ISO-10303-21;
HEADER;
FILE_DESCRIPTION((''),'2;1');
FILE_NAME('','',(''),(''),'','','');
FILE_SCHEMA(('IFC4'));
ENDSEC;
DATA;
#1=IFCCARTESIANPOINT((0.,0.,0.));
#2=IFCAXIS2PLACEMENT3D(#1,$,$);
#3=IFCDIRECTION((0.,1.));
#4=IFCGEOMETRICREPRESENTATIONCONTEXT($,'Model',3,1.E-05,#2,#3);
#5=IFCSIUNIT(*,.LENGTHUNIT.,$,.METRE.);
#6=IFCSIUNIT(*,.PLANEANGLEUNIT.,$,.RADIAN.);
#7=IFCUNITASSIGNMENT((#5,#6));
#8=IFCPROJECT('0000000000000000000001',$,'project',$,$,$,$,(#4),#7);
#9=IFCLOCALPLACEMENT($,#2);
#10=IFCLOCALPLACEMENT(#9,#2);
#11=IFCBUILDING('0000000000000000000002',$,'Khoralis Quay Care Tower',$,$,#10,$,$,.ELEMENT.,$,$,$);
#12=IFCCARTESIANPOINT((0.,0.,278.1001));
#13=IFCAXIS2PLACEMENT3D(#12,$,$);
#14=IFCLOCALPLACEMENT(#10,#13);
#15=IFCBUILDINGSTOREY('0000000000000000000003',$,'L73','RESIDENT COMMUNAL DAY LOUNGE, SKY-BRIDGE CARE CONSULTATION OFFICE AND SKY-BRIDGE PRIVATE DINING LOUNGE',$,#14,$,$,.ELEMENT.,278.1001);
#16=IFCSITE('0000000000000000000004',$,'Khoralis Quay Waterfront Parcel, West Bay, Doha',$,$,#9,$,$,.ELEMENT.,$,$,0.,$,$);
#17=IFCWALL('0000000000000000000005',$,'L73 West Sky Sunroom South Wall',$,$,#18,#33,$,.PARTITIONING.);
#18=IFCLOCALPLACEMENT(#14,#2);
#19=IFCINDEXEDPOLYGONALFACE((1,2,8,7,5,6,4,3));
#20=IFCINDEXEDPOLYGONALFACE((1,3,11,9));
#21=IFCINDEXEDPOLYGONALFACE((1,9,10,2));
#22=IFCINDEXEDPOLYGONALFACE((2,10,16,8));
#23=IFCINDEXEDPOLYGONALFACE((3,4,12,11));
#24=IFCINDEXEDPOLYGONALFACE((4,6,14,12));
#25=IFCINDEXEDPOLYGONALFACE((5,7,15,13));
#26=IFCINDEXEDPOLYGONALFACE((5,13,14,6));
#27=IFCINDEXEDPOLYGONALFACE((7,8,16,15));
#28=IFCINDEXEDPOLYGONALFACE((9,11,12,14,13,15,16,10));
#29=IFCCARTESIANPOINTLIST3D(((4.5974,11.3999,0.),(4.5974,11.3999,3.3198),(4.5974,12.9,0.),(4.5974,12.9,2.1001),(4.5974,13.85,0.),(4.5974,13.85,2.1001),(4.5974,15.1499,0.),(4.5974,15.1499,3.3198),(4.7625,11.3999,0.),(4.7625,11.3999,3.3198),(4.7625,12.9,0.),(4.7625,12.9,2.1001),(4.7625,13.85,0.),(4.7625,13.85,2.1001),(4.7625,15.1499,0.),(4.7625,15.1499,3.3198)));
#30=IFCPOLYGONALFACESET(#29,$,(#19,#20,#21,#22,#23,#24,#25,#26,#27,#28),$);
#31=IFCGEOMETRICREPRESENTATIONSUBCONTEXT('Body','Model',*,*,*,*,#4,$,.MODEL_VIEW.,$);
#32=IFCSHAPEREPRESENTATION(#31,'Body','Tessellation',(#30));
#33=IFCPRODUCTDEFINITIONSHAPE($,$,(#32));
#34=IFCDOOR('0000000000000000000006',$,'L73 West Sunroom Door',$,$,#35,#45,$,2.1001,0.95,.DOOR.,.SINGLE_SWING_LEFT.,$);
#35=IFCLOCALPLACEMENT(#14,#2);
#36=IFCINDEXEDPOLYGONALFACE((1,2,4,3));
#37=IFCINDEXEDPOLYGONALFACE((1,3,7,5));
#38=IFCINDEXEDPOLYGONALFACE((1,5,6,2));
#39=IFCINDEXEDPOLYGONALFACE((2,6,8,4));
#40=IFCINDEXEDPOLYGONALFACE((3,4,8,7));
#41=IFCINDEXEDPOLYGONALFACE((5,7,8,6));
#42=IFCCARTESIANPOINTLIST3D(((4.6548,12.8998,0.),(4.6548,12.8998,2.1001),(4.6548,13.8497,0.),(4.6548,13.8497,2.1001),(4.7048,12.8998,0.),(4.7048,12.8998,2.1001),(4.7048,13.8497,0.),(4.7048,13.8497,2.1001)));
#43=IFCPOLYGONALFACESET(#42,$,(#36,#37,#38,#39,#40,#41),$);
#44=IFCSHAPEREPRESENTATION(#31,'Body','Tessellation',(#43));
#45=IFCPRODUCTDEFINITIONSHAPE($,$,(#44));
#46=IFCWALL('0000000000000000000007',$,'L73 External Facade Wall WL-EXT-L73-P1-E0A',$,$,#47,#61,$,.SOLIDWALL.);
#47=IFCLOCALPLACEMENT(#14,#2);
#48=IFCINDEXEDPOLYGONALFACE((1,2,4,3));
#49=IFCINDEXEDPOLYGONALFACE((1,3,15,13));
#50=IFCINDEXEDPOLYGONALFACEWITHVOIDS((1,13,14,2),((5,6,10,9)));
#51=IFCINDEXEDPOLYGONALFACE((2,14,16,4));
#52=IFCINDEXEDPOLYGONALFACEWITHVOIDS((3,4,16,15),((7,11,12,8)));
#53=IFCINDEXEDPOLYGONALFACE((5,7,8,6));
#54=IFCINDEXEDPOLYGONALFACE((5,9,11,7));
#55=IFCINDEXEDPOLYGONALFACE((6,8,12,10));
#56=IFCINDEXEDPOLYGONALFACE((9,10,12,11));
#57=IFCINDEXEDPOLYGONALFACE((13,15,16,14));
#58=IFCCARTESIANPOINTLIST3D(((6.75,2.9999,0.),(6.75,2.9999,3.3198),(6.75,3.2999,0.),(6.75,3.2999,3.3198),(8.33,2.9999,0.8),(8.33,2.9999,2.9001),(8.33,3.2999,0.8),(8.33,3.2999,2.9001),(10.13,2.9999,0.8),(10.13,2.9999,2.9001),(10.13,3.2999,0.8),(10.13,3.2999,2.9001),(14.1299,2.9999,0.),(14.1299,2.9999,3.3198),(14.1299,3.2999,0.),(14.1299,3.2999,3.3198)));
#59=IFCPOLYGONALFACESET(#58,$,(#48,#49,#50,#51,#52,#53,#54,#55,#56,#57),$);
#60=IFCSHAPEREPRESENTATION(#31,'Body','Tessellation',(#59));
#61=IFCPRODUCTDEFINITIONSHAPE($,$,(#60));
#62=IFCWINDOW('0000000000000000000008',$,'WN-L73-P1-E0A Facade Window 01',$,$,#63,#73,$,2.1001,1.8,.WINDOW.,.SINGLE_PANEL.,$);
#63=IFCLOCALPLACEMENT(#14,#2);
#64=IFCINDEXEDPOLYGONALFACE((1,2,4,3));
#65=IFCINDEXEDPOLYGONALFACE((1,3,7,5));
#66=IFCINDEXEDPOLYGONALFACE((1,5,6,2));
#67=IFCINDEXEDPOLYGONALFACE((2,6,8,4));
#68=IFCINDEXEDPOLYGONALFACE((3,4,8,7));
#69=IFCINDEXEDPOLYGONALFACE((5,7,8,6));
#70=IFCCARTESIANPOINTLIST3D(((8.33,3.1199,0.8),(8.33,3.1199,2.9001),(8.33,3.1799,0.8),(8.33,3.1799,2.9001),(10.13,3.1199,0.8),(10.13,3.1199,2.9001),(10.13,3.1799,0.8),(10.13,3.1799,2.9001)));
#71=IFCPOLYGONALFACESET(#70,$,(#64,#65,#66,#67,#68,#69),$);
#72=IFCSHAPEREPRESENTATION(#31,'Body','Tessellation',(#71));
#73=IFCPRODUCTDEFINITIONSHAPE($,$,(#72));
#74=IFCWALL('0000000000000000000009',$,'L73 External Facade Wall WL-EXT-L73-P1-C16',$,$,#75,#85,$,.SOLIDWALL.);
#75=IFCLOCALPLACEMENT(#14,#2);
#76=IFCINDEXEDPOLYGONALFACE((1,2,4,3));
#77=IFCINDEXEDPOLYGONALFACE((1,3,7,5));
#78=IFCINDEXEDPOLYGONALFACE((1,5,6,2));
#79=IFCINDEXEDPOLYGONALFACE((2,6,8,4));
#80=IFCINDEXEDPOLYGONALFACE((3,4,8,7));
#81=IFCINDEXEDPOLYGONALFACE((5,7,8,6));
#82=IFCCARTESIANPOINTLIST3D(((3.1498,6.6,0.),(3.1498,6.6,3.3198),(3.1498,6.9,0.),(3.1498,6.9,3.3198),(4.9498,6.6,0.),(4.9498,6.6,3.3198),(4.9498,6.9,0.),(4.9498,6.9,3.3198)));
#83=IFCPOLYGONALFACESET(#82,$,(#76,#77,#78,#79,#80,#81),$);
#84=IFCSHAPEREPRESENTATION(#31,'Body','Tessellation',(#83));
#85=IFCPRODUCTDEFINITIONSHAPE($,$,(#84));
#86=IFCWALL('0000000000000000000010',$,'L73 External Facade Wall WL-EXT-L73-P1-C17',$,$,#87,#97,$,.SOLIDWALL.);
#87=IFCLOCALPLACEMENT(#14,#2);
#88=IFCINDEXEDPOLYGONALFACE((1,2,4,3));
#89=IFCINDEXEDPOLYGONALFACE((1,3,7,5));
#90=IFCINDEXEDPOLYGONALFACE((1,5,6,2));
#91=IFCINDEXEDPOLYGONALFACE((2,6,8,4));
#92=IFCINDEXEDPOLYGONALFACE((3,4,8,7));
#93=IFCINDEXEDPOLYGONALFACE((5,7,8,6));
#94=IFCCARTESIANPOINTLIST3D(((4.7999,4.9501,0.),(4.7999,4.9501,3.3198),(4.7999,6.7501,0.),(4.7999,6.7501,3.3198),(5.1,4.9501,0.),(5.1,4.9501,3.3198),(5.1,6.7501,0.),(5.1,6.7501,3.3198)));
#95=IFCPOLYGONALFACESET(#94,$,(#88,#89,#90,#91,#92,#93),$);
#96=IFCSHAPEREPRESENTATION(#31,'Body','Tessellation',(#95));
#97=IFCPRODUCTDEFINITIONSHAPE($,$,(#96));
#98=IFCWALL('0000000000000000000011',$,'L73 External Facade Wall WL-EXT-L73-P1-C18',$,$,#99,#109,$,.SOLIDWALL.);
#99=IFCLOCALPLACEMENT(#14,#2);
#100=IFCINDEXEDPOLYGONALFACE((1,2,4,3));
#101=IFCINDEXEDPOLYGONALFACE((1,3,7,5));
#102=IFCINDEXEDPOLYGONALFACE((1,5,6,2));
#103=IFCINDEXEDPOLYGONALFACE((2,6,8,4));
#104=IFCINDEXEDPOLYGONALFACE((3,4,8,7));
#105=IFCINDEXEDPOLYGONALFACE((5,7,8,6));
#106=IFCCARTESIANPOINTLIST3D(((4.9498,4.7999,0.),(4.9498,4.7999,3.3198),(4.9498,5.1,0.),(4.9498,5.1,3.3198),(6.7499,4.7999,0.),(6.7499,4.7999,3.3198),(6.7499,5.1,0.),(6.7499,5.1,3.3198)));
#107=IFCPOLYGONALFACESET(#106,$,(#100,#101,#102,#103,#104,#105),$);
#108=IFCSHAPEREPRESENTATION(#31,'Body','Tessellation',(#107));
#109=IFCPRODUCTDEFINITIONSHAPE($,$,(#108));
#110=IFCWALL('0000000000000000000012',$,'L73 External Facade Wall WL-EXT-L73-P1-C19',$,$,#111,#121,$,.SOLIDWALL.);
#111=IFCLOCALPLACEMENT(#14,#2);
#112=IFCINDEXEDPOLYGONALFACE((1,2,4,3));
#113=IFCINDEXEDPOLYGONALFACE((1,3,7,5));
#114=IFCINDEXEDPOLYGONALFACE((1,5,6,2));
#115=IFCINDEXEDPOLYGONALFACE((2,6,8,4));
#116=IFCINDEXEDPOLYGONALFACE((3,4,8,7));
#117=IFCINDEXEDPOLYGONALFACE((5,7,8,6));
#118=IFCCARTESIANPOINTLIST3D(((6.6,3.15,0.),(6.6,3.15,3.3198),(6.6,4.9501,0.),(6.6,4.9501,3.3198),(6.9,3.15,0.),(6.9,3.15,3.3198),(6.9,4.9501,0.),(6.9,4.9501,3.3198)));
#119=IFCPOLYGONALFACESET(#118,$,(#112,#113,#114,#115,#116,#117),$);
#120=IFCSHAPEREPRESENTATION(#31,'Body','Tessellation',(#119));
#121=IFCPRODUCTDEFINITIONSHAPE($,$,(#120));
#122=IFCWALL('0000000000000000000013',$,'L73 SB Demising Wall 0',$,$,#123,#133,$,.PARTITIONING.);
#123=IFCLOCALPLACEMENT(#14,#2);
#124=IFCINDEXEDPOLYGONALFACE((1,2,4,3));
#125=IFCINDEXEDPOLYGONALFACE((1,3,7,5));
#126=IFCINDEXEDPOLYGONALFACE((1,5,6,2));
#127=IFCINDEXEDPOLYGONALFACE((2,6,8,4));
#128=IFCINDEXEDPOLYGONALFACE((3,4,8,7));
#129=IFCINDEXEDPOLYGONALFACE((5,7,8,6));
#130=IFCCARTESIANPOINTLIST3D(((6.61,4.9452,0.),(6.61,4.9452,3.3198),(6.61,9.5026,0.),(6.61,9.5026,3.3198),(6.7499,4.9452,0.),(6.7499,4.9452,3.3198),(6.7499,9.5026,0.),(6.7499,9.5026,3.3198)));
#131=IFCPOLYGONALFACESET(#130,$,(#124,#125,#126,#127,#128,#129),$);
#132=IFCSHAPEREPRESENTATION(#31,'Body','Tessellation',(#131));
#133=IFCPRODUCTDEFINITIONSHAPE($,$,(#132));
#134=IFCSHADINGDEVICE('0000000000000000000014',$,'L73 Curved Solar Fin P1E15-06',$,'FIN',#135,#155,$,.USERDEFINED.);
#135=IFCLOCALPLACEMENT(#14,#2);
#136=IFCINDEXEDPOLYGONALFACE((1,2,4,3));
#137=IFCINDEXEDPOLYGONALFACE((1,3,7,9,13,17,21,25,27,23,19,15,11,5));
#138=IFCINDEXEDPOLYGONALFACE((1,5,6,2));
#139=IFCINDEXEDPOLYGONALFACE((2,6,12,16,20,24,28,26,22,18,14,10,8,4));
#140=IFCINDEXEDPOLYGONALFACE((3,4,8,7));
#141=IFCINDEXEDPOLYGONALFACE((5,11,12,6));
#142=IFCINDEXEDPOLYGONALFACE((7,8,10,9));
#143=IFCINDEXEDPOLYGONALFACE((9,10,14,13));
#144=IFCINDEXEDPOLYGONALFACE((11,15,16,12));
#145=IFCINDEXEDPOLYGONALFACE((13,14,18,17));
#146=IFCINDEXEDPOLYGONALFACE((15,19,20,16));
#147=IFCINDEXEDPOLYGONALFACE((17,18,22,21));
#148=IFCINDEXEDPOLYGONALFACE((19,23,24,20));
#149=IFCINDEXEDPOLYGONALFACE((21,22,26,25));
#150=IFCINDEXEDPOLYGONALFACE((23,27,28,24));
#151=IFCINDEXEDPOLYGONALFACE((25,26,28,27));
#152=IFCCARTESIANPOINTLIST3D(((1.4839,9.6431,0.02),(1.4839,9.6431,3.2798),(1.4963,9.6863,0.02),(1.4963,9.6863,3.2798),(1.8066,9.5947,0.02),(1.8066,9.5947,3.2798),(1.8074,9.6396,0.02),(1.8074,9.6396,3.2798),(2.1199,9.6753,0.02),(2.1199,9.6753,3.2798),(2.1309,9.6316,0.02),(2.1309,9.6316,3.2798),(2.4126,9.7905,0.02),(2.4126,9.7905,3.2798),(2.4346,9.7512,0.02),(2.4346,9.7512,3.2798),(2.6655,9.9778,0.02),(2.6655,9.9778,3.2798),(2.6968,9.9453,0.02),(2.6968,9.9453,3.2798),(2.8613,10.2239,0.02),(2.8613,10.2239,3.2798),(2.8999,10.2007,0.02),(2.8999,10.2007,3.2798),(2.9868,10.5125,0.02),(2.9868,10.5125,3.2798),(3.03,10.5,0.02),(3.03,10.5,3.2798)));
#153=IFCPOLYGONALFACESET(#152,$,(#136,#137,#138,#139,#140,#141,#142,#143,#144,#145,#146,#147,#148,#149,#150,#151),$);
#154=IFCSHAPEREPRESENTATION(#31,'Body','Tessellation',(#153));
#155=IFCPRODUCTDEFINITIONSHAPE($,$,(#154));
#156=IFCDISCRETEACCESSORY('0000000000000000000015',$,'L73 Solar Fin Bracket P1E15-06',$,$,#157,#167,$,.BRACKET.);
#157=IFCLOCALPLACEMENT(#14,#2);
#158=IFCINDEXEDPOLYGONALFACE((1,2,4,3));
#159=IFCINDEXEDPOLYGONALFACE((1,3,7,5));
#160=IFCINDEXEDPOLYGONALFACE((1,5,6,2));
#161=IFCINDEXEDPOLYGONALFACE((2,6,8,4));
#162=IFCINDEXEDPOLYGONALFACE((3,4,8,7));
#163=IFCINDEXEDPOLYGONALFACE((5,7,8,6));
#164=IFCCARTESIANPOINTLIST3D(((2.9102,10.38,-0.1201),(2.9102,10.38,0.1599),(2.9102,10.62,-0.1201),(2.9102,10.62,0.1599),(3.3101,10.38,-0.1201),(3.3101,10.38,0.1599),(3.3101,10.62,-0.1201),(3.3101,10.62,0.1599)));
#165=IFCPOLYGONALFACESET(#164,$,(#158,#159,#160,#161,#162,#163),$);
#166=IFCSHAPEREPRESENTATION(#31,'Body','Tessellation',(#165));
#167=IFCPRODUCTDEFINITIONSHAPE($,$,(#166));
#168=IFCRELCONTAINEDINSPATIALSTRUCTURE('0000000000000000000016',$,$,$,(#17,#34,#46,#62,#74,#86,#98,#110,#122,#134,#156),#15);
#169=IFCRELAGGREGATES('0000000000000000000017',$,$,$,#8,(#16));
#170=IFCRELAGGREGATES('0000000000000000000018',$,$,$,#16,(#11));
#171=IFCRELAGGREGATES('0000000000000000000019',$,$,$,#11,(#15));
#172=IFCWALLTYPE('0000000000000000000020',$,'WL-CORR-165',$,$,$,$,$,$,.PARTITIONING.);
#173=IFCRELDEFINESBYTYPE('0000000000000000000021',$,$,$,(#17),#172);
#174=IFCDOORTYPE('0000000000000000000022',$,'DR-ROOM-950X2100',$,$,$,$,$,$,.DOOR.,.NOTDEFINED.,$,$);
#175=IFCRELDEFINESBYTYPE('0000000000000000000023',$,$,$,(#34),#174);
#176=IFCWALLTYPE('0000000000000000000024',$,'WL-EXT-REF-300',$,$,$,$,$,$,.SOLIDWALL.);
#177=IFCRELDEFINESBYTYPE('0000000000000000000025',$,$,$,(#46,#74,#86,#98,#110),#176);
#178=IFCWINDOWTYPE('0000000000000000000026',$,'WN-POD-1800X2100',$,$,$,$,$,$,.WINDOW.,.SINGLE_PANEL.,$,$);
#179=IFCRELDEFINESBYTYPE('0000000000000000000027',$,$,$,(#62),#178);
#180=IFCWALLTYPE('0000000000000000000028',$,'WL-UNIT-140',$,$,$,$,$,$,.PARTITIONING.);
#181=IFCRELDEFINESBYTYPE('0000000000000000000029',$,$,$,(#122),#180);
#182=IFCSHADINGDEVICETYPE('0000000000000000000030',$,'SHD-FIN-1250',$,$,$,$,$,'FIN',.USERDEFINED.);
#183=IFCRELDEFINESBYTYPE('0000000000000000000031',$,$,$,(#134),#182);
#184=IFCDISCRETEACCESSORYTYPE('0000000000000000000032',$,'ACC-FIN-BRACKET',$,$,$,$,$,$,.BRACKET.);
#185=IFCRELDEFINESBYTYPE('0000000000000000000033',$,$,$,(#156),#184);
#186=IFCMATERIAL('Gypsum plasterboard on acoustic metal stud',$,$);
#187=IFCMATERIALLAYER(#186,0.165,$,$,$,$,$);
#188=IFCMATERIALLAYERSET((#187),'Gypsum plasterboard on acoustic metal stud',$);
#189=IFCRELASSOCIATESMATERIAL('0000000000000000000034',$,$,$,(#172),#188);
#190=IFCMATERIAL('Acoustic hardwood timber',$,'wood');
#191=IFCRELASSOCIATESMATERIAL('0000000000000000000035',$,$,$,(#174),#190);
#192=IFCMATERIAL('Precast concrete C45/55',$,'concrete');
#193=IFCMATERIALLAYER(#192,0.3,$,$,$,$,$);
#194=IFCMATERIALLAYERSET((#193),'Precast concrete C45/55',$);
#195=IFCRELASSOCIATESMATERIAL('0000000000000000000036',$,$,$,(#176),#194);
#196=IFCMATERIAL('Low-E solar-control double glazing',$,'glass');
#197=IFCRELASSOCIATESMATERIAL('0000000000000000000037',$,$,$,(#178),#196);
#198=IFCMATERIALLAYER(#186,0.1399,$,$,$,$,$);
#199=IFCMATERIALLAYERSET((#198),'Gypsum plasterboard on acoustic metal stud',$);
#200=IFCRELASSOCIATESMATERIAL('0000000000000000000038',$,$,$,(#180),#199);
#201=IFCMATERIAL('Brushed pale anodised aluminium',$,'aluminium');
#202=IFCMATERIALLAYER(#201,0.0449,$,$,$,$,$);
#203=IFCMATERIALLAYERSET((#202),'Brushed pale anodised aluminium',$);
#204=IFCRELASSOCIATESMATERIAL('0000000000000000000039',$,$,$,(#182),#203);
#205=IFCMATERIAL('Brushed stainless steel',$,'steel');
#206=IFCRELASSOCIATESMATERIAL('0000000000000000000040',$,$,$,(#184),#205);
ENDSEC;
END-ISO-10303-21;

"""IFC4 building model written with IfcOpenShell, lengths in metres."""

from ifc_helpers import new_model, si_unit, direction, frame, frame_2d, origin, origin_2d, place, context, subcontext, project, spatial, polyline, rectangle, outline, extrude, source, transform, mapped, material, layer, layer_set, type_object, element, fill, save


model = new_model("IFC4")

# Units and contexts
model_context = context("Model", 3, precision=1e-05, world=origin(), true_north=direction((0.0, 1.0)))
body_context = subcontext(model_context, "Body", "Model", "MODEL_VIEW")
ifc_project = project(units=[si_unit("LENGTHUNIT", "METRE"), si_unit("PLANEANGLEUNIT", "RADIAN")], contexts=[model_context])

# Site, building, storey
site_placement = place(None, origin())
site = spatial("IfcSite", under=ifc_project, at=site_placement, Name="Khoralis Quay Waterfront Parcel, West Bay, Doha", CompositionType="ELEMENT", RefElevation=0.0)
building_placement = place(site_placement, origin())
building = spatial("IfcBuilding", under=site, at=building_placement, Name="Khoralis Quay Care Tower", CompositionType="ELEMENT")
storey_placement = place(building_placement, frame((0.0, 0.0, 278.1001)))
storey = spatial("IfcBuildingStorey", under=building, at=storey_placement, Name="L73", Description="RESIDENT COMMUNAL DAY LOUNGE, SKY-BRIDGE CARE CONSULTATION OFFICE AND SKY-BRIDGE PRIVATE DINING LOUNGE", CompositionType="ELEMENT", Elevation=278.1001)

# Shared definitions
ifc_material_1 = material(Name="Precast concrete C45/55", Category="concrete")

# Shared definitions
ifc_material_2 = material(Name="Gypsum plasterboard on acoustic metal stud")

# Shared definitions
ifc_layer_1 = layer(ifc_material_2, 0.165)
ifc_layer_set_1 = layer_set([ifc_layer_1], Name="Gypsum plasterboard on acoustic metal stud")
wall_type_1 = type_object("IfcWallType", Name="WL-CORR-165", PredefinedType="PARTITIONING", material=ifc_layer_set_1)
ifc_material_3 = material(Name="Acoustic hardwood timber", Category="wood")
door_type_1 = type_object("IfcDoorType", Name="DR-ROOM-950X2100", OperationType="NOTDEFINED", PredefinedType="DOOR", material=ifc_material_3)
shared_shape_1 = source(origin(), body_context, "Body", "SweptSolid", [
    extrude(rectangle(XDim=0.95, YDim=2.1001, at=frame_2d((0.4751, 1.05))), frame((0.0, 0.0249, 0.0), z_axis=(0.0, -1.0, 0.0), x_axis=(1.0, 0.0, 0.0)), (0.0, 0.0, 1.0), 0.05),
])

# Wall, opening, door
wall_1_placement = place(storey_placement, frame((4.6799, 11.3999, 0.0), z_axis=(0.0, 0.0, 1.0), x_axis=(0.0, 1.0, 0.0)))
wall_1 = element("IfcWall", 1, at=wall_1_placement, inside=storey, type_object=wall_type_1, Name="L73 West Sky Sunroom South Wall", PredefinedType="PARTITIONING", context=body_context, shape_type="SweptSolid", body=[
    extrude(rectangle(XDim=3.75, YDim=0.165, at=frame_2d((1.875, 0.0))), origin(), (0.0, 0.0, 1.0), 3.3198),
])
opening_1_placement = place(wall_1_placement, frame((1.5, 0.0, 0.0)))
opening_1 = element("IfcOpeningElement", 2, at=opening_1_placement, cuts=wall_1, PredefinedType="OPENING", context=body_context, shape_type="SweptSolid", body=[
    extrude(rectangle(XDim=0.95, YDim=2.1001, at=frame_2d((0.4751, 1.05))), frame((0.0, 0.0925, 0.0), z_axis=(0.0, -1.0, 0.0), x_axis=(1.0, 0.0, 0.0)), (0.0, 0.0, 1.0), 0.1851),
])
door_1_placement = place(opening_1_placement, frame((0.95, 0.0, 0.0), z_axis=(0.0, 0.0, 1.0), x_axis=(-1.0, 0.0, 0.0)))
door_1 = element("IfcDoor", 3, at=door_1_placement, inside=storey, type_object=door_type_1, Name="L73 West Sunroom Door", OperationType="SINGLE_SWING_LEFT", OverallHeight=2.1001, OverallWidth=0.95, PredefinedType="DOOR", context=body_context, shape_type="MappedRepresentation", body=[
    mapped(shared_shape_1, transform((0.0, 0.0, 0.0), scale=1.0)),
])
fill(opening_1, door_1)

# Wall, opening, window
ifc_layer_2 = layer(ifc_material_1, 0.3)
ifc_layer_set_2 = layer_set([ifc_layer_2], Name="Precast concrete C45/55")
wall_type_2 = type_object("IfcWallType", Name="WL-EXT-REF-300", PredefinedType="SOLIDWALL", material=ifc_layer_set_2)
wall_2_placement = place(storey_placement, frame((6.75, 3.1499, 0.0), z_axis=(0.0, 0.0, 1.0), x_axis=(1.0, 0.0, 0.0)))
wall_2 = element("IfcWall", 4, at=wall_2_placement, inside=storey, type_object=wall_type_2, Name="L73 External Facade Wall WL-EXT-L73-P1-E0A", PredefinedType="SOLIDWALL", context=body_context, shape_type="SweptSolid", body=[
    extrude(rectangle(XDim=7.3799, YDim=0.3, at=frame_2d((3.6899, 0.0))), origin(), (0.0, 0.0, 1.0), 3.3198),
])
opening_2_placement = place(wall_2_placement, frame((1.5801, 0.0, 0.8)))
opening_2 = element("IfcOpeningElement", 5, at=opening_2_placement, cuts=wall_2, PredefinedType="OPENING", context=body_context, shape_type="SweptSolid", body=[
    extrude(rectangle(XDim=1.8, YDim=2.1001, at=frame_2d((0.8999, 1.05))), frame((0.0, 0.1602, 0.0), z_axis=(0.0, -1.0, 0.0), x_axis=(1.0, 0.0, 0.0)), (0.0, 0.0, 1.0), 0.3201),
])
ifc_material_4 = material(Name="Low-E solar-control double glazing", Category="glass")
window_type = type_object("IfcWindowType", Name="WN-POD-1800X2100", PartitioningType="SINGLE_PANEL", PredefinedType="WINDOW", material=ifc_material_4)
shared_shape_2 = source(origin(), body_context, "Body", "SweptSolid", [
    extrude(rectangle(XDim=1.8, YDim=2.1001, at=frame_2d((0.8999, 1.05))), frame((0.0, 0.03, 0.0), z_axis=(0.0, -1.0, 0.0), x_axis=(1.0, 0.0, 0.0)), (0.0, 0.0, 1.0), 0.0601),
])
window_placement = place(opening_2_placement, origin())
window = element("IfcWindow", 6, at=window_placement, inside=storey, type_object=window_type, Name="WN-L73-P1-E0A Facade Window 01", OverallHeight=2.1001, OverallWidth=1.8, PartitioningType="SINGLE_PANEL", PredefinedType="WINDOW", context=body_context, shape_type="MappedRepresentation", body=[
    mapped(shared_shape_2, transform((0.0, 0.0, 0.0), scale=1.0)),
])
fill(opening_2, window)

# Walls
for number, where, z_axis, x_axis, name in (
    (7, (3.1499, 6.75, 0.0), (0.0, 0.0, 1.0), (1.0, 0.0, 0.0), "L73 External Facade Wall WL-EXT-L73-P1-C16"),
    (8, (4.95, 6.75, 0.0), (0.0, 0.0, 1.0), (0.0, -1.0, 0.0), "L73 External Facade Wall WL-EXT-L73-P1-C17"),
    (9, (4.95, 4.95, 0.0), (0.0, 0.0, 1.0), (1.0, 0.0, 0.0), "L73 External Facade Wall WL-EXT-L73-P1-C18"),
    (10, (6.75, 4.95, 0.0), (0.0, 0.0, 1.0), (0.0, -1.0, 0.0), "L73 External Facade Wall WL-EXT-L73-P1-C19"),
):
    element("IfcWall", number, at=place(storey_placement, frame(where, z_axis=z_axis, x_axis=x_axis)), inside=storey, type_object=wall_type_2, Name=name, PredefinedType="SOLIDWALL", context=body_context, shape_type="SweptSolid", body=[
        extrude(rectangle(XDim=1.8, YDim=0.3, at=frame_2d((0.8999, 0.0))), origin(), (0.0, 0.0, 1.0), 3.3198),
    ])
ifc_layer_3 = layer(ifc_material_2, 0.1399)
ifc_layer_set_3 = layer_set([ifc_layer_3], Name="Gypsum plasterboard on acoustic metal stud")
wall_type_3 = type_object("IfcWallType", Name="WL-UNIT-140", PredefinedType="PARTITIONING", material=ifc_layer_set_3)
wall_3_placement = place(storey_placement, frame((6.6799, 4.9451, 0.0), z_axis=(0.0, 0.0, 1.0), x_axis=(0.0, 1.0, 0.0)))
element("IfcWall", 11, at=wall_3_placement, inside=storey, type_object=wall_type_3, Name="L73 SB Demising Wall 0", PredefinedType="PARTITIONING", context=body_context, shape_type="SweptSolid", body=[
    extrude(rectangle(XDim=4.5574, YDim=0.1399, at=frame_2d((2.2788, 0.0))), origin(), (0.0, 0.0, 1.0), 3.3198),
])

# Shading device
ifc_material_5 = material(Name="Brushed pale anodised aluminium", Category="aluminium")
ifc_layer_4 = layer(ifc_material_5, 0.0449)
ifc_layer_set_4 = layer_set([ifc_layer_4], Name="Brushed pale anodised aluminium")
shading_device_type = type_object("IfcShadingDeviceType", Name="SHD-FIN-1250", ElementType="FIN", PredefinedType="USERDEFINED", material=ifc_layer_set_4)
shared_shape_3 = source(origin(), body_context, "Body", "SweptSolid", [
    extrude(outline(polyline([(0.0, 0.0), (0.1301, 0.2993), (0.3333, 0.5547), (0.5955, 0.7488), (0.8992, 0.8684), (1.2234, 0.9053), (1.5461, 0.8569), (1.5337, 0.8137), (1.2227, 0.8604), (0.9102, 0.8247), (0.6174, 0.7095), (0.3645, 0.5222), (0.1687, 0.2761), (0.0432, -0.0125), (0.0, 0.0)])), origin(), (0.0, 0.0, 1.0), 3.2598),
])
shading_device_placement = place(storey_placement, frame((3.03, 10.5, 0.02), z_axis=(0.0, 0.0, 1.0), x_axis=(-1.0, 0.0, 0.0)))
element("IfcShadingDevice", 12, at=shading_device_placement, inside=storey, type_object=shading_device_type, Name="L73 Curved Solar Fin P1E15-06", ObjectType="FIN", PredefinedType="USERDEFINED", context=body_context, shape_type="MappedRepresentation", body=[
    mapped(shared_shape_3, transform((0.0, 0.0, 0.0), scale=1.0)),
])

# Discrete accessory
ifc_material_6 = material(Name="Brushed stainless steel", Category="steel")
discrete_accessory_type = type_object("IfcDiscreteAccessoryType", Name="ACC-FIN-BRACKET", PredefinedType="BRACKET", material=ifc_material_6)
shared_shape_4 = source(origin(), body_context, "Body", "SweptSolid", [
    extrude(rectangle(XDim=0.3999, YDim=0.24, at=origin_2d()), origin(), (0.0, 0.0, 1.0), 0.28),
])
discrete_accessory_placement = place(storey_placement, frame((3.1101, 10.5, -0.1201), z_axis=(0.0, 0.0, 1.0), x_axis=(-1.0, 0.0, 0.0)))
element("IfcDiscreteAccessory", 13, at=discrete_accessory_placement, inside=storey, type_object=discrete_accessory_type, Name="L73 Solar Fin Bracket P1E15-06", PredefinedType="BRACKET", context=body_context, shape_type="MappedRepresentation", body=[
    mapped(shared_shape_4, transform((0.0, 0.0, 0.0), scale=1.0)),
])

save(model, "model.ifc")
